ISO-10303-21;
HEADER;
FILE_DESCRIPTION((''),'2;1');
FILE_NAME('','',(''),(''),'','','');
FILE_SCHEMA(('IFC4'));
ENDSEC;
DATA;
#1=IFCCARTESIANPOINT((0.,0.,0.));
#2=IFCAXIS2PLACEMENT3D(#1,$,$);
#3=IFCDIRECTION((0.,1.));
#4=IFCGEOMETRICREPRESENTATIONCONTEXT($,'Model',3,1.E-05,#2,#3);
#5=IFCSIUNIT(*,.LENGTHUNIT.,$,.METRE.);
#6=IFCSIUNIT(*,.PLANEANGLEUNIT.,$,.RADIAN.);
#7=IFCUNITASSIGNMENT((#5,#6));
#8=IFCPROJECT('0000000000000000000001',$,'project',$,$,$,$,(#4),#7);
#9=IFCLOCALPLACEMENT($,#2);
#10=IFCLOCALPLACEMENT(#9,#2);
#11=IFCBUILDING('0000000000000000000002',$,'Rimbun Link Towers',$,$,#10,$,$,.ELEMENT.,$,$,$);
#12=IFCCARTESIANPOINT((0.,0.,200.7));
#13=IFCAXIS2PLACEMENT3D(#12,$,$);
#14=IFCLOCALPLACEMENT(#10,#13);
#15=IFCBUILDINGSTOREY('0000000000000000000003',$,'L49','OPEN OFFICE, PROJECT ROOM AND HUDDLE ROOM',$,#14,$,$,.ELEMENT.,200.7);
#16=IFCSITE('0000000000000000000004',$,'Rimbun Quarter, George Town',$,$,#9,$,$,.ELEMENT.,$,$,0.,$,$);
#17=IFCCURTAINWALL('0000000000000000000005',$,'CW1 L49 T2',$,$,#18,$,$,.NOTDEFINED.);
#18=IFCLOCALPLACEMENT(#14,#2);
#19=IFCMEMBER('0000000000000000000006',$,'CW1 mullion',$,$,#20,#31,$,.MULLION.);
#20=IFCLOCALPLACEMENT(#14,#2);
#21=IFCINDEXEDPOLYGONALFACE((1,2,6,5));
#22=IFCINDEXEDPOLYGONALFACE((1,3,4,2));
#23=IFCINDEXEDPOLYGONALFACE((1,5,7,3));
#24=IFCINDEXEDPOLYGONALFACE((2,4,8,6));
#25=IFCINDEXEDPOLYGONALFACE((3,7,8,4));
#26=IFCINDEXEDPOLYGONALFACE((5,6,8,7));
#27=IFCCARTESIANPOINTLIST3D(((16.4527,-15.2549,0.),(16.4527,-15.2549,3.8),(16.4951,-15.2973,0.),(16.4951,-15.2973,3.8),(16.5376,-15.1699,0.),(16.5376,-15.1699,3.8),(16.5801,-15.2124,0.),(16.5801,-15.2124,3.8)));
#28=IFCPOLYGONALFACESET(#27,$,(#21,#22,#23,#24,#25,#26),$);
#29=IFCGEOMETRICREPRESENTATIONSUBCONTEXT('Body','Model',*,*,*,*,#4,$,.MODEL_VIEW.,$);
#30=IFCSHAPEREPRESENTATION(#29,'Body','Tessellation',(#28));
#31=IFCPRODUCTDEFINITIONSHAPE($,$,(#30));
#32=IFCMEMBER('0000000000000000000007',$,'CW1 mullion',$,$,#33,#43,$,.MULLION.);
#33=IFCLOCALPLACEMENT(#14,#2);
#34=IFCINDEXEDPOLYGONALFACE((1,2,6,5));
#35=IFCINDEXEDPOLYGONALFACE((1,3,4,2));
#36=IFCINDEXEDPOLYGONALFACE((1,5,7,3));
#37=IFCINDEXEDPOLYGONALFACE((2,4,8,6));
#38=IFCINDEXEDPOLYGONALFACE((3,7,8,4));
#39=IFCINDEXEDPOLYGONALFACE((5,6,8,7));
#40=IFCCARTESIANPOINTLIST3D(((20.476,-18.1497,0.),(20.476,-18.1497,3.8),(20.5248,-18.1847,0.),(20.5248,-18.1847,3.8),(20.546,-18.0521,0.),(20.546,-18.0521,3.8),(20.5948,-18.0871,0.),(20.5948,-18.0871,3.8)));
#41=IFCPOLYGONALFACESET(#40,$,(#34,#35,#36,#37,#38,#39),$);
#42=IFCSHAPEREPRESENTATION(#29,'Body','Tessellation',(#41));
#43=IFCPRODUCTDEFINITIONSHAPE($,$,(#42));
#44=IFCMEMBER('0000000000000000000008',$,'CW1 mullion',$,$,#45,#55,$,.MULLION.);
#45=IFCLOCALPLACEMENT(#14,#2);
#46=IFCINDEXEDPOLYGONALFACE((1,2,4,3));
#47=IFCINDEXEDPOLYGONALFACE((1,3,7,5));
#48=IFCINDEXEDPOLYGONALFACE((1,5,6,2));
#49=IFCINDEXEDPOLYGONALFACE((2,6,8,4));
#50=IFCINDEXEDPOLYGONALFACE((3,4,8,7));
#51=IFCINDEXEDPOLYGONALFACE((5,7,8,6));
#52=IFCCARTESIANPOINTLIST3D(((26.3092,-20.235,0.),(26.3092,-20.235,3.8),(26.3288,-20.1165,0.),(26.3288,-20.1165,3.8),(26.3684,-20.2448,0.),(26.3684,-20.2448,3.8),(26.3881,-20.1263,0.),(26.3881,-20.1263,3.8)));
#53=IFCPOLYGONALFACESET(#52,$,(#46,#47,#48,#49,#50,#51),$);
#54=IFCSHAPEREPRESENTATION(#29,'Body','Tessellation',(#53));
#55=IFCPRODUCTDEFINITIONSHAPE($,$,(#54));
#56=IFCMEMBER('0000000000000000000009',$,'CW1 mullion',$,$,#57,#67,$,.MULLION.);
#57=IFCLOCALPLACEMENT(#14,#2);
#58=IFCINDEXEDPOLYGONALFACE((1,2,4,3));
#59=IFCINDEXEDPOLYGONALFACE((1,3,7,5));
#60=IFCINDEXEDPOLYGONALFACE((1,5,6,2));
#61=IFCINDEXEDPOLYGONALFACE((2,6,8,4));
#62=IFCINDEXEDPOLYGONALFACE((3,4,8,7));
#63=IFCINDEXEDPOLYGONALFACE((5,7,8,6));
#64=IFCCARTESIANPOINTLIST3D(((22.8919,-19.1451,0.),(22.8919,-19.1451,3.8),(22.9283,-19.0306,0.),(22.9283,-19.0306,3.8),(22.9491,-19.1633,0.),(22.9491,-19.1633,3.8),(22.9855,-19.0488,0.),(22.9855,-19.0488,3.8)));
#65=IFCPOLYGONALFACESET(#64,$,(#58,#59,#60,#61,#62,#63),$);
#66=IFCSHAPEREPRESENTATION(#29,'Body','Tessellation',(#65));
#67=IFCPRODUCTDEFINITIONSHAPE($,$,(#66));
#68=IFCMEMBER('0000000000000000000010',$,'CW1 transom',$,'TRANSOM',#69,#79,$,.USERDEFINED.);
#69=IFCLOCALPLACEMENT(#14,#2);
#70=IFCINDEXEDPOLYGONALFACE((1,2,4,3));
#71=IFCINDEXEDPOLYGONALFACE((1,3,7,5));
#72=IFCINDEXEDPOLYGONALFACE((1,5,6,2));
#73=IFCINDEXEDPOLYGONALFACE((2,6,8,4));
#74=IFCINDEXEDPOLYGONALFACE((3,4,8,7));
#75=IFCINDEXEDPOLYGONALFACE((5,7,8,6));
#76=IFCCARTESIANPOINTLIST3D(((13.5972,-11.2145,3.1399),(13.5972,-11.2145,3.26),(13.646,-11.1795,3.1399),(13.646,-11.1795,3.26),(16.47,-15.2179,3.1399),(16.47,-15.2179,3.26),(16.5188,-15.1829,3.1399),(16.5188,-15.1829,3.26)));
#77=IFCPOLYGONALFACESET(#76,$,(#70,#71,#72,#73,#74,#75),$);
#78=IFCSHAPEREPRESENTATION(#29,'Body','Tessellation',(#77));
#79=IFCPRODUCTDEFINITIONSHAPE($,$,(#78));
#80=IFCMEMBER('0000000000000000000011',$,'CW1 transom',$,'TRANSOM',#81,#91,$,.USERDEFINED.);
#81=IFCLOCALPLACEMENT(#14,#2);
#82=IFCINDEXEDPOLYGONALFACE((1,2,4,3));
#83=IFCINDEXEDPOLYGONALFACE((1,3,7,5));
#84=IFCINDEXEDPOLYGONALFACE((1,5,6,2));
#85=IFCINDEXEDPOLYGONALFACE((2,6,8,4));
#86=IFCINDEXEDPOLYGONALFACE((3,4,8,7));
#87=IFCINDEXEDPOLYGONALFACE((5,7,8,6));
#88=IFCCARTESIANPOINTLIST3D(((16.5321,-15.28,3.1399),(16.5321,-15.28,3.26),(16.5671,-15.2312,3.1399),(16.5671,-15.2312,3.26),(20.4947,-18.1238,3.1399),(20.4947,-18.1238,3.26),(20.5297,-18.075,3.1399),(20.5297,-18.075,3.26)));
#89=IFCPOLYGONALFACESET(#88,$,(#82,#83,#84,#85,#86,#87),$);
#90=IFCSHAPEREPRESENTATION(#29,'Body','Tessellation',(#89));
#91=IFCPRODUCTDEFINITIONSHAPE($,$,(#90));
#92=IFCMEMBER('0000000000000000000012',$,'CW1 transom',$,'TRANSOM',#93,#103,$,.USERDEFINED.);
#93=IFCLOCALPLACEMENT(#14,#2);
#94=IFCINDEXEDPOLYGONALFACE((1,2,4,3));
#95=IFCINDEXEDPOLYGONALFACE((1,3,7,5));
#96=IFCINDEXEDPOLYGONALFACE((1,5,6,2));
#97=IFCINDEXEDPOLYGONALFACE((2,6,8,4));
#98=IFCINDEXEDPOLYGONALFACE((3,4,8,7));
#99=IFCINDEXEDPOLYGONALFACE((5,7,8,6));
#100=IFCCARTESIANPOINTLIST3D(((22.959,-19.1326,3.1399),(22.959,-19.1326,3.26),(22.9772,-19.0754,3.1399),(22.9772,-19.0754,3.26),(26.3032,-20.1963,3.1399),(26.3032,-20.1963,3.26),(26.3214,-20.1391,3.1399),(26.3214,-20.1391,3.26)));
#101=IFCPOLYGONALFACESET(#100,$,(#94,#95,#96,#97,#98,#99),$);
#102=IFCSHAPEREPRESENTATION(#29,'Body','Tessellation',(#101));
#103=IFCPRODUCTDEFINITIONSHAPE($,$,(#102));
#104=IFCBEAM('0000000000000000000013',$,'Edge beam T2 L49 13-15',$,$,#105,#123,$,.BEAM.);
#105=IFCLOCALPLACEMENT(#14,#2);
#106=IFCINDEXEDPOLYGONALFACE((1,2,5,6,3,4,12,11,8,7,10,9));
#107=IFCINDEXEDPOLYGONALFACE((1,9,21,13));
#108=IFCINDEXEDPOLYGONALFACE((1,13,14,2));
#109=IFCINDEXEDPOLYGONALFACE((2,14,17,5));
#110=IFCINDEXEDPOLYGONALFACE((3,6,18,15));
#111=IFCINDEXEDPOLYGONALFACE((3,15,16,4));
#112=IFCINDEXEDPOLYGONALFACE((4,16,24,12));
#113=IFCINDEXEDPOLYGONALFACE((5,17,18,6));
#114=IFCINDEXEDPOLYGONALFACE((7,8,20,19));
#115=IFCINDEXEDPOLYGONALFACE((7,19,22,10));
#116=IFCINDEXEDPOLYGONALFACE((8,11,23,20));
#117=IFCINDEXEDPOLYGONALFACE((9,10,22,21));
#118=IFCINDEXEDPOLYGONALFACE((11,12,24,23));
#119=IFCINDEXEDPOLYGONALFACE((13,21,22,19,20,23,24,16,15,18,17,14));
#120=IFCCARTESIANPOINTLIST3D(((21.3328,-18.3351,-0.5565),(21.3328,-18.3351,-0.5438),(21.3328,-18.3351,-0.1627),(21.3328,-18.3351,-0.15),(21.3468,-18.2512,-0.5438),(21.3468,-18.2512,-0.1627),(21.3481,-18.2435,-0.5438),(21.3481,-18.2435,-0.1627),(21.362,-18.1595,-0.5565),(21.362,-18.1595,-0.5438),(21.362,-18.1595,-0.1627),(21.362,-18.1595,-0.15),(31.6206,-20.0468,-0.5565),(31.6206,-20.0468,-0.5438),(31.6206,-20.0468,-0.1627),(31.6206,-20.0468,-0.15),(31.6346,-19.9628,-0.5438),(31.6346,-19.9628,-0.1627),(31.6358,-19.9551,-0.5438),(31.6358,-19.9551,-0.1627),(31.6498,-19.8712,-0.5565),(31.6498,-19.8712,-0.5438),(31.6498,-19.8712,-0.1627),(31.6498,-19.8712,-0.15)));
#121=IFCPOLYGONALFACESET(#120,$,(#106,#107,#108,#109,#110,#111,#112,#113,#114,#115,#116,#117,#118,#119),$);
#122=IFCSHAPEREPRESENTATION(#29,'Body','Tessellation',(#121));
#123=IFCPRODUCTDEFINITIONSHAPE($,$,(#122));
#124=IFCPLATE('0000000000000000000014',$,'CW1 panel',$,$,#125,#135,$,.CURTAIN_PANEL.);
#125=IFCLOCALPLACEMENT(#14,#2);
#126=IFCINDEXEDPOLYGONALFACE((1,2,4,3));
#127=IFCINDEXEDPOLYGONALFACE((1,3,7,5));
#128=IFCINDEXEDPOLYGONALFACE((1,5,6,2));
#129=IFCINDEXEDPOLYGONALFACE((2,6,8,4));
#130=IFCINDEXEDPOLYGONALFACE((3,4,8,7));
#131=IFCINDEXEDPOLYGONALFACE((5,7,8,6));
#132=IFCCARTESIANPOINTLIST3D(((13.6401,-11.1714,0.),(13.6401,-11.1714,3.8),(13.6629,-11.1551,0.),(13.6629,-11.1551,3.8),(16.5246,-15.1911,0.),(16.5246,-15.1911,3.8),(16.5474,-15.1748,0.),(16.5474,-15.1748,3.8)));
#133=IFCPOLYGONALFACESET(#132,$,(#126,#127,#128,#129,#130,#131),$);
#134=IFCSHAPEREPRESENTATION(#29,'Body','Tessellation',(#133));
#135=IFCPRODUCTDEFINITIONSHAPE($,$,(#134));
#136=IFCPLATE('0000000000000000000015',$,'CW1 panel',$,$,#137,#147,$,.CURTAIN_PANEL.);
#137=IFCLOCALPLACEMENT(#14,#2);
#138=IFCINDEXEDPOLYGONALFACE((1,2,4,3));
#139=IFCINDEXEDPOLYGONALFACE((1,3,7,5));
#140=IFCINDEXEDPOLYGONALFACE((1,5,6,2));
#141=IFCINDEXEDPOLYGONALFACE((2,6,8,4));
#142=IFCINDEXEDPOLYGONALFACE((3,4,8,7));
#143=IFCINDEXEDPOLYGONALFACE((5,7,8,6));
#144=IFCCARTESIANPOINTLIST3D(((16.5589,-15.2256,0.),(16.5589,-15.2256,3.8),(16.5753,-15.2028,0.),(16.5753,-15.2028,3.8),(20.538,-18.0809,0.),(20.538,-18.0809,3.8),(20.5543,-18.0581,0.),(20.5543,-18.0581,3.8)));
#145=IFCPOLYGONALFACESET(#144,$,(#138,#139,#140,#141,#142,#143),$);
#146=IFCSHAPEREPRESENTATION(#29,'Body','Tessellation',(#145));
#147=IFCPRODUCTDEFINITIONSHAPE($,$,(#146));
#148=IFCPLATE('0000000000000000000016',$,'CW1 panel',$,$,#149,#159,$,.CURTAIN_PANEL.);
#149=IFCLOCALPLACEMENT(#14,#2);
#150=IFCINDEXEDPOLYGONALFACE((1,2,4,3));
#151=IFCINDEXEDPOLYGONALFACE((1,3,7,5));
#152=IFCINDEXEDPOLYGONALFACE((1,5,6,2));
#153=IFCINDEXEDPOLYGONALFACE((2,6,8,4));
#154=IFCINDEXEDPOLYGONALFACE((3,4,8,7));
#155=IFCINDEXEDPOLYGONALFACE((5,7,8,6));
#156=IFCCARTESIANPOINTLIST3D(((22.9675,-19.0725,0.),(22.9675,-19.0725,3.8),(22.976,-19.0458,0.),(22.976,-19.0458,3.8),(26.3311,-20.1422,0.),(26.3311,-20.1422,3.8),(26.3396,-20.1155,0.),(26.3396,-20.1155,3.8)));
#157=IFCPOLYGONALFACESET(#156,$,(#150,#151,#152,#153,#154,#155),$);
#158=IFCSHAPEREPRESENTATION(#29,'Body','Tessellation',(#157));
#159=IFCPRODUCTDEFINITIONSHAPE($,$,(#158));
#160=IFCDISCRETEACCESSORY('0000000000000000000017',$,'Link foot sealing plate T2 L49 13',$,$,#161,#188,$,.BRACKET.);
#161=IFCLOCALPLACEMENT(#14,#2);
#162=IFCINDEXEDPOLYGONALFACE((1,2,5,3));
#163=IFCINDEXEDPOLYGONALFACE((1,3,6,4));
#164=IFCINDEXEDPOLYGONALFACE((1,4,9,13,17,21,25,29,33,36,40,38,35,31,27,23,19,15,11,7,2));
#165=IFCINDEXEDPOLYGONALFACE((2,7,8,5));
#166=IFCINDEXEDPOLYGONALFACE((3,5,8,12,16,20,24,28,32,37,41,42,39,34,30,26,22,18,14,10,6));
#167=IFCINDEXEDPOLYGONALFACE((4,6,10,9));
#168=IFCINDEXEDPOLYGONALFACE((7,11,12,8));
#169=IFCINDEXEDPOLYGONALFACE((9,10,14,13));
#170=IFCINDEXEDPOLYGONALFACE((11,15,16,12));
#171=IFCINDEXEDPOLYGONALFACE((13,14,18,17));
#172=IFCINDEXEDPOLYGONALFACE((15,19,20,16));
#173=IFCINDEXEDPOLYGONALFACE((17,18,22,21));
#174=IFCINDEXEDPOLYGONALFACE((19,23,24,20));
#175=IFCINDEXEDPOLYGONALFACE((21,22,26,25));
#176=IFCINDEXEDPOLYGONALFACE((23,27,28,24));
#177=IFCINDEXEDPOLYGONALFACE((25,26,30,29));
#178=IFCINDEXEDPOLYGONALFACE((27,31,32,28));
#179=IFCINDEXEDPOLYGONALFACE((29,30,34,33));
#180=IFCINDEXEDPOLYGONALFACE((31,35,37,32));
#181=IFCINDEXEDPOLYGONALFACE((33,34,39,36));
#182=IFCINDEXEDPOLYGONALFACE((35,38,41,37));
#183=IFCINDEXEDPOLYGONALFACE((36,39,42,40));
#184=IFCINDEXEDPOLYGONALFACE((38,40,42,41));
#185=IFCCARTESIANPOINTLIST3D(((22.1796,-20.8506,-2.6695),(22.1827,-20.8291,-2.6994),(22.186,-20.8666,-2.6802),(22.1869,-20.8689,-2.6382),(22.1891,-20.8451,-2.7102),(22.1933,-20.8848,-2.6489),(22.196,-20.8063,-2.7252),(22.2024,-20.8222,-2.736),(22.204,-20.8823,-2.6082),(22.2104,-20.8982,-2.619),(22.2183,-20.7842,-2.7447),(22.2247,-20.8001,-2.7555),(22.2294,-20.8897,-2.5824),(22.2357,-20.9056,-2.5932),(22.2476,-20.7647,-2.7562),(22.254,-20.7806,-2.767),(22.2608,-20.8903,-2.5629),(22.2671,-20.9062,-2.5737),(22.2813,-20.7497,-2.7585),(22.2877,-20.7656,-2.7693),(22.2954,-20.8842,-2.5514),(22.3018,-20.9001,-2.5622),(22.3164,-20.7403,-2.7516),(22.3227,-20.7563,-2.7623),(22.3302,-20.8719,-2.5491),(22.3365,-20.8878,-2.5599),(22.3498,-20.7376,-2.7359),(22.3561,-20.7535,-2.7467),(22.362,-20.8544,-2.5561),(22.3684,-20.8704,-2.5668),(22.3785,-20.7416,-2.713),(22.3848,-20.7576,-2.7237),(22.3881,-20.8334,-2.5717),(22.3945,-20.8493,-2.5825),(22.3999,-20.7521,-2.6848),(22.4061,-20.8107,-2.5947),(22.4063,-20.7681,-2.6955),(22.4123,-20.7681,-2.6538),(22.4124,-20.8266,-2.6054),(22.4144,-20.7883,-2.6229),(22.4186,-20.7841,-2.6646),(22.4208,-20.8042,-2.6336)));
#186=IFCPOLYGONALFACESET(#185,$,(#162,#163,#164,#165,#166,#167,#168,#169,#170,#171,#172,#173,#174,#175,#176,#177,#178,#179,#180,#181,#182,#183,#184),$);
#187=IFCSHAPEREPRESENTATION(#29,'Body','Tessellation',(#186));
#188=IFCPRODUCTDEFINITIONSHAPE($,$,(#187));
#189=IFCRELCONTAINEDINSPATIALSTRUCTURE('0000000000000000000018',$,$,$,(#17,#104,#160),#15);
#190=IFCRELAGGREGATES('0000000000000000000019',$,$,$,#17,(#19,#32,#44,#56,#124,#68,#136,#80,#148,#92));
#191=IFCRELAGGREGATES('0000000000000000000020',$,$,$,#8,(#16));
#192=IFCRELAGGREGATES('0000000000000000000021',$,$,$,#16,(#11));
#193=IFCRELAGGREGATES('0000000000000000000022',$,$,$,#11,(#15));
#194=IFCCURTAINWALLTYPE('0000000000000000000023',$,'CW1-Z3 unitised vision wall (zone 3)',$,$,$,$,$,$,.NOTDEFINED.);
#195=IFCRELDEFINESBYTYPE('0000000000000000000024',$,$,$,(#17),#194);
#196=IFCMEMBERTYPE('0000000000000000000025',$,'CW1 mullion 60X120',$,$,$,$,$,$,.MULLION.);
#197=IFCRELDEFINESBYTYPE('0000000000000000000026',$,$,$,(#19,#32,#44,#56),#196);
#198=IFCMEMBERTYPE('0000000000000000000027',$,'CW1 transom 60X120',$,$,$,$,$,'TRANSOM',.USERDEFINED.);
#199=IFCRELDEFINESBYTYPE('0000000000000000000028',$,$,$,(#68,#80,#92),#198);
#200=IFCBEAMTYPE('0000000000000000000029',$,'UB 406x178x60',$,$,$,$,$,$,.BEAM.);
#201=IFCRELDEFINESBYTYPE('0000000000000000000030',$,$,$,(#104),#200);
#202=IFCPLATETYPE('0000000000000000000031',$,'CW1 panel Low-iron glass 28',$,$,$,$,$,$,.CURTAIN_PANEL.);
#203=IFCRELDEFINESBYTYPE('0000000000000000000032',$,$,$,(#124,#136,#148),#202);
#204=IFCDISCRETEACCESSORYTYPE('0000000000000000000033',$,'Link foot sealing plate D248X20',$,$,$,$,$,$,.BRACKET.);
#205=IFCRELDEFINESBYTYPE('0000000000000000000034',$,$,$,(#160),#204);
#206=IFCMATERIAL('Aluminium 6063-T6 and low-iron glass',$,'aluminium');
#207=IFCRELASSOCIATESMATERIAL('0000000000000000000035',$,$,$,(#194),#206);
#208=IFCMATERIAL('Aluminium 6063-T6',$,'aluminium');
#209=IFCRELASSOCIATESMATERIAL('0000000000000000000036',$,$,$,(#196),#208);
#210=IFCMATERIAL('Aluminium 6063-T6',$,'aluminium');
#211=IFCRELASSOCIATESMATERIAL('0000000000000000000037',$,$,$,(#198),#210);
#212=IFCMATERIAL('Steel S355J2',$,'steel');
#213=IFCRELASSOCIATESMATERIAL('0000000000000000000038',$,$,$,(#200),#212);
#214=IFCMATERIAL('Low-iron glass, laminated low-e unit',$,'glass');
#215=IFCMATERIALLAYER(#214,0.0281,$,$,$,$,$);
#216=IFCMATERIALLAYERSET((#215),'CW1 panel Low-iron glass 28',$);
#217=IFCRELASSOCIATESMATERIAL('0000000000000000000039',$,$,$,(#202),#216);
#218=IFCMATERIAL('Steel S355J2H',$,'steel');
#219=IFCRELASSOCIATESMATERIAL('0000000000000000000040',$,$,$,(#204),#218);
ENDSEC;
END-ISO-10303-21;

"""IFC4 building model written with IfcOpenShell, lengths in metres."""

from ifc_helpers import new_model, si_unit, direction, frame, origin, origin_2d, place, context, subcontext, project, spatial, rectangle, circle, i_section, extrude, material, layer, layer_set, material_profile, profile_set, type_object, element, aggregate, save


model = new_model("IFC4")

# Units and contexts
model_context = context("Model", 3, precision=1e-05, world=origin(), true_north=direction((0.0, 1.0)))
body_context = subcontext(model_context, "Body", "Model", "MODEL_VIEW")
ifc_project = project(units=[si_unit("LENGTHUNIT", "METRE"), si_unit("PLANEANGLEUNIT", "RADIAN")], contexts=[model_context])

# Site, building, storey
site_placement = place(None, origin())
site = spatial("IfcSite", under=ifc_project, at=site_placement, Name="Rimbun Quarter, George Town", CompositionType="ELEMENT", RefElevation=0.0)
building_placement = place(site_placement, origin())
building = spatial("IfcBuilding", under=site, at=building_placement, Name="Rimbun Link Towers", CompositionType="ELEMENT")
storey_placement = place(building_placement, frame((0.0, 0.0, 200.7)))
storey = spatial("IfcBuildingStorey", under=building, at=storey_placement, Name="L49", Description="OPEN OFFICE, PROJECT ROOM AND HUDDLE ROOM", CompositionType="ELEMENT", Elevation=200.7)

# Curtain wall, members
ifc_material_1 = material(Name="Aluminium 6063-T6 and low-iron glass", Category="aluminium")
curtain_wall_type = type_object("IfcCurtainWallType", Name="CW1-Z3 unitised vision wall (zone 3)", PredefinedType="NOTDEFINED", material=ifc_material_1)
curtain_wall_placement = place(storey_placement, origin())
curtain_wall = element("IfcCurtainWall", 1, at=curtain_wall_placement, inside=storey, type_object=curtain_wall_type, Name="CW1 L49 T2", PredefinedType="NOTDEFINED")
ifc_material_2 = material(Name="Aluminium 6063-T6", Category="aluminium")
ifc_material_profile_1 = material_profile(ifc_material_2, rectangle(XDim=0.1201, YDim=0.0601, at=origin_2d()), Name="MULLION 60X120")
ifc_profile_set_1 = profile_set([ifc_material_profile_1], Name="Aluminium 6063-T6")
member_type_1 = type_object("IfcMemberType", Name="CW1 mullion 60X120", PredefinedType="MULLION", material=ifc_profile_set_1)
member_1_placement = place(storey_placement, frame((16.5164, -15.2336, 0.0), z_axis=(0.0, 0.0, 1.0), x_axis=(-0.707107, -0.707107, 0.0)))
member_1 = element("IfcMember", 2, at=member_1_placement, type_object=member_type_1, Name="CW1 mullion", PredefinedType="MULLION", context=body_context, shape_type="SweptSolid", body=[
    extrude(rectangle(XDim=0.1201, YDim=0.0601, at=origin_2d()), origin(), (0.0, 0.0, 1.0), 3.8),
])
member_2_placement = place(storey_placement, frame((20.5354, -18.1184, 0.0), z_axis=(0.0, 0.0, 1.0), x_axis=(-0.583009, -0.812465, 0.0)))
member_2 = element("IfcMember", 3, at=member_2_placement, type_object=member_type_1, Name="CW1 mullion", PredefinedType="MULLION", context=body_context, shape_type="SweptSolid", body=[
    extrude(rectangle(XDim=0.1201, YDim=0.0601, at=origin_2d()), origin(), (0.0, 0.0, 1.0), 3.8),
])
member_3_placement = place(storey_placement, frame((26.3486, -20.1807, 0.0), z_axis=(0.0, 0.0, 1.0), x_axis=(-0.16375, -0.986502, 0.0)))
member_3 = element("IfcMember", 4, at=member_3_placement, type_object=member_type_1, Name="CW1 mullion", PredefinedType="MULLION", context=body_context, shape_type="SweptSolid", body=[
    extrude(rectangle(XDim=0.1201, YDim=0.0601, at=origin_2d()), origin(), (0.0, 0.0, 1.0), 3.8),
])
member_4_placement = place(storey_placement, frame((22.9387, -19.0969, 0.0), z_axis=(0.0, 0.0, 1.0), x_axis=(-0.303071, -0.952968, 0.0)))
member_4 = element("IfcMember", 5, at=member_4_placement, type_object=member_type_1, Name="CW1 mullion", PredefinedType="MULLION", context=body_context, shape_type="SweptSolid", body=[
    extrude(rectangle(XDim=0.1201, YDim=0.0601, at=origin_2d()), origin(), (0.0, 0.0, 1.0), 3.8),
])
ifc_material_3 = material(Name="Aluminium 6063-T6", Category="aluminium")
ifc_material_profile_2 = material_profile(ifc_material_3, rectangle(XDim=0.0601, YDim=0.1201, at=origin_2d()), Name="TRANSOM 60X120")
ifc_profile_set_2 = profile_set([ifc_material_profile_2], Name="Aluminium 6063-T6")
member_type_2 = type_object("IfcMemberType", Name="CW1 transom 60X120", ElementType="TRANSOM", PredefinedType="USERDEFINED", material=ifc_profile_set_2)
member_5_placement = place(storey_placement, frame((16.4944, -15.2004, 3.2), z_axis=(-0.583013, 0.812463, 0.0), x_axis=(-0.812463, -0.583013, 0.0)))
member_5 = element("IfcMember", 6, at=member_5_placement, type_object=member_type_2, Name="CW1 transom", ObjectType="TRANSOM", PredefinedType="USERDEFINED", context=body_context, shape_type="SweptSolid", body=[
    extrude(rectangle(XDim=0.0601, YDim=0.1201, at=origin_2d()), origin(), (0.0, 0.0, 1.0), 4.9275),
])
member_6_placement = place(storey_placement, frame((20.5122, -18.0994, 3.2), z_axis=(-0.812443, 0.583041, 0.0), x_axis=(-0.583041, -0.812443, 0.0)))
member_6 = element("IfcMember", 7, at=member_6_placement, type_object=member_type_2, Name="CW1 transom", ObjectType="TRANSOM", PredefinedType="USERDEFINED", context=body_context, shape_type="SweptSolid", body=[
    extrude(rectangle(XDim=0.0601, YDim=0.1201, at=origin_2d()), origin(), (0.0, 0.0, 1.0), 4.8774),
])
member_7_placement = place(storey_placement, frame((26.3123, -20.1677, 3.2), z_axis=(-0.952955, 0.303112, 0.0), x_axis=(-0.303112, -0.952955, 0.0)))
member_7 = element("IfcMember", 8, at=member_7_placement, type_object=member_type_2, Name="CW1 transom", ObjectType="TRANSOM", PredefinedType="USERDEFINED", context=body_context, shape_type="SweptSolid", body=[
    extrude(rectangle(XDim=0.0601, YDim=0.1201, at=origin_2d()), origin(), (0.0, 0.0, 1.0), 3.5093),
])

# Beam
ifc_material_4 = material(Name="Steel S355J2", Category="steel")
ifc_material_profile_3 = material_profile(ifc_material_4, i_section(OverallWidth=0.178, OverallDepth=0.4065, WebThickness=0.0078, FlangeThickness=0.0127, at=origin_2d()), Name="UB 406x178x60")
ifc_profile_set_3 = profile_set([ifc_material_profile_3], Name="Steel S355J2")
beam_type = type_object("IfcBeamType", Name="UB 406x178x60", PredefinedType="BEAM", material=ifc_profile_set_3)
beam_placement = place(storey_placement, frame((21.3474, -18.2473, -0.3533), z_axis=(0.98644, -0.164122, 0.0), x_axis=(0.164122, 0.98644, 0.0)))
element("IfcBeam", 9, at=beam_placement, inside=storey, type_object=beam_type, Name="Edge beam T2 L49 13-15", PredefinedType="BEAM", context=body_context, shape_type="SweptSolid", body=[
    extrude(i_section(OverallWidth=0.178, OverallDepth=0.4065, WebThickness=0.0078, FlangeThickness=0.0127, at=origin_2d()), origin(), (0.0, 0.0, 1.0), 10.4292),
])

# Plates
ifc_material_5 = material(Name="Low-iron glass, laminated low-e unit", Category="glass")
ifc_layer = layer(ifc_material_5, 0.0281)
ifc_layer_set = layer_set([ifc_layer], Name="CW1 panel Low-iron glass 28")
plate_type = type_object("IfcPlateType", Name="CW1 panel Low-iron glass 28", PredefinedType="CURTAIN_PANEL", material=ifc_layer_set)
plate_1_placement = place(storey_placement, frame((15.0938, -13.1731, 0.0), z_axis=(0.0, 0.0, 1.0), x_axis=(-0.583009, 0.812465, 0.0)))
plate_1 = element("IfcPlate", 10, at=plate_1_placement, type_object=plate_type, Name="CW1 panel", PredefinedType="CURTAIN_PANEL", context=body_context, shape_type="SweptSolid", body=[
    extrude(rectangle(XDim=4.9475, YDim=0.0281, at=origin_2d()), origin(), (0.0, 0.0, 1.0), 3.8),
])
plate_2_placement = place(storey_placement, frame((18.5566, -16.6418, 0.0), z_axis=(0.0, 0.0, 1.0), x_axis=(-0.812465, 0.583009, 0.0)))
plate_2 = element("IfcPlate", 11, at=plate_2_placement, type_object=plate_type, Name="CW1 panel", PredefinedType="CURTAIN_PANEL", context=body_context, shape_type="SweptSolid", body=[
    extrude(rectangle(XDim=4.8975, YDim=0.0281, at=origin_2d()), origin(), (0.0, 0.0, 1.0), 3.8),
])
plate_3_placement = place(storey_placement, frame((24.6536, -19.594, 0.0), z_axis=(0.0, 0.0, 1.0), x_axis=(-0.952968, 0.303071, 0.0)))
plate_3 = element("IfcPlate", 12, at=plate_3_placement, type_object=plate_type, Name="CW1 panel", PredefinedType="CURTAIN_PANEL", context=body_context, shape_type="SweptSolid", body=[
    extrude(rectangle(XDim=3.5295, YDim=0.0281, at=origin_2d()), origin(), (0.0, 0.0, 1.0), 3.8),
])
aggregate(curtain_wall, [member_1, member_2, member_3, member_4, plate_1, member_5, plate_2, member_6, plate_3, member_7])

# Discrete accessory
ifc_material_6 = material(Name="Steel S355J2H", Category="steel")
ifc_material_profile_4 = material_profile(ifc_material_6, circle(Radius=0.124, at=origin_2d()), Name="PL D248")
ifc_profile_set_4 = profile_set([ifc_material_profile_4], Name="Steel S355J2H")
discrete_accessory_type = type_object("IfcDiscreteAccessoryType", Name="Link foot sealing plate D248X20", PredefinedType="BRACKET", material=ifc_profile_set_4)
discrete_accessory_placement = place(storey_placement, frame((22.2971, -20.8142, -2.6538), z_axis=(0.314442, -0.786105, -0.532133), x_axis=(0.928477, 0.371391, 0.0)))
element("IfcDiscreteAccessory", 13, at=discrete_accessory_placement, inside=storey, type_object=discrete_accessory_type, Name="Link foot sealing plate T2 L49 13", PredefinedType="BRACKET", context=body_context, shape_type="SweptSolid", body=[
    extrude(circle(Radius=0.124, at=origin_2d()), origin(), (0.0, 0.0, 1.0), 0.0203),
])

save(model, "model.ifc")
